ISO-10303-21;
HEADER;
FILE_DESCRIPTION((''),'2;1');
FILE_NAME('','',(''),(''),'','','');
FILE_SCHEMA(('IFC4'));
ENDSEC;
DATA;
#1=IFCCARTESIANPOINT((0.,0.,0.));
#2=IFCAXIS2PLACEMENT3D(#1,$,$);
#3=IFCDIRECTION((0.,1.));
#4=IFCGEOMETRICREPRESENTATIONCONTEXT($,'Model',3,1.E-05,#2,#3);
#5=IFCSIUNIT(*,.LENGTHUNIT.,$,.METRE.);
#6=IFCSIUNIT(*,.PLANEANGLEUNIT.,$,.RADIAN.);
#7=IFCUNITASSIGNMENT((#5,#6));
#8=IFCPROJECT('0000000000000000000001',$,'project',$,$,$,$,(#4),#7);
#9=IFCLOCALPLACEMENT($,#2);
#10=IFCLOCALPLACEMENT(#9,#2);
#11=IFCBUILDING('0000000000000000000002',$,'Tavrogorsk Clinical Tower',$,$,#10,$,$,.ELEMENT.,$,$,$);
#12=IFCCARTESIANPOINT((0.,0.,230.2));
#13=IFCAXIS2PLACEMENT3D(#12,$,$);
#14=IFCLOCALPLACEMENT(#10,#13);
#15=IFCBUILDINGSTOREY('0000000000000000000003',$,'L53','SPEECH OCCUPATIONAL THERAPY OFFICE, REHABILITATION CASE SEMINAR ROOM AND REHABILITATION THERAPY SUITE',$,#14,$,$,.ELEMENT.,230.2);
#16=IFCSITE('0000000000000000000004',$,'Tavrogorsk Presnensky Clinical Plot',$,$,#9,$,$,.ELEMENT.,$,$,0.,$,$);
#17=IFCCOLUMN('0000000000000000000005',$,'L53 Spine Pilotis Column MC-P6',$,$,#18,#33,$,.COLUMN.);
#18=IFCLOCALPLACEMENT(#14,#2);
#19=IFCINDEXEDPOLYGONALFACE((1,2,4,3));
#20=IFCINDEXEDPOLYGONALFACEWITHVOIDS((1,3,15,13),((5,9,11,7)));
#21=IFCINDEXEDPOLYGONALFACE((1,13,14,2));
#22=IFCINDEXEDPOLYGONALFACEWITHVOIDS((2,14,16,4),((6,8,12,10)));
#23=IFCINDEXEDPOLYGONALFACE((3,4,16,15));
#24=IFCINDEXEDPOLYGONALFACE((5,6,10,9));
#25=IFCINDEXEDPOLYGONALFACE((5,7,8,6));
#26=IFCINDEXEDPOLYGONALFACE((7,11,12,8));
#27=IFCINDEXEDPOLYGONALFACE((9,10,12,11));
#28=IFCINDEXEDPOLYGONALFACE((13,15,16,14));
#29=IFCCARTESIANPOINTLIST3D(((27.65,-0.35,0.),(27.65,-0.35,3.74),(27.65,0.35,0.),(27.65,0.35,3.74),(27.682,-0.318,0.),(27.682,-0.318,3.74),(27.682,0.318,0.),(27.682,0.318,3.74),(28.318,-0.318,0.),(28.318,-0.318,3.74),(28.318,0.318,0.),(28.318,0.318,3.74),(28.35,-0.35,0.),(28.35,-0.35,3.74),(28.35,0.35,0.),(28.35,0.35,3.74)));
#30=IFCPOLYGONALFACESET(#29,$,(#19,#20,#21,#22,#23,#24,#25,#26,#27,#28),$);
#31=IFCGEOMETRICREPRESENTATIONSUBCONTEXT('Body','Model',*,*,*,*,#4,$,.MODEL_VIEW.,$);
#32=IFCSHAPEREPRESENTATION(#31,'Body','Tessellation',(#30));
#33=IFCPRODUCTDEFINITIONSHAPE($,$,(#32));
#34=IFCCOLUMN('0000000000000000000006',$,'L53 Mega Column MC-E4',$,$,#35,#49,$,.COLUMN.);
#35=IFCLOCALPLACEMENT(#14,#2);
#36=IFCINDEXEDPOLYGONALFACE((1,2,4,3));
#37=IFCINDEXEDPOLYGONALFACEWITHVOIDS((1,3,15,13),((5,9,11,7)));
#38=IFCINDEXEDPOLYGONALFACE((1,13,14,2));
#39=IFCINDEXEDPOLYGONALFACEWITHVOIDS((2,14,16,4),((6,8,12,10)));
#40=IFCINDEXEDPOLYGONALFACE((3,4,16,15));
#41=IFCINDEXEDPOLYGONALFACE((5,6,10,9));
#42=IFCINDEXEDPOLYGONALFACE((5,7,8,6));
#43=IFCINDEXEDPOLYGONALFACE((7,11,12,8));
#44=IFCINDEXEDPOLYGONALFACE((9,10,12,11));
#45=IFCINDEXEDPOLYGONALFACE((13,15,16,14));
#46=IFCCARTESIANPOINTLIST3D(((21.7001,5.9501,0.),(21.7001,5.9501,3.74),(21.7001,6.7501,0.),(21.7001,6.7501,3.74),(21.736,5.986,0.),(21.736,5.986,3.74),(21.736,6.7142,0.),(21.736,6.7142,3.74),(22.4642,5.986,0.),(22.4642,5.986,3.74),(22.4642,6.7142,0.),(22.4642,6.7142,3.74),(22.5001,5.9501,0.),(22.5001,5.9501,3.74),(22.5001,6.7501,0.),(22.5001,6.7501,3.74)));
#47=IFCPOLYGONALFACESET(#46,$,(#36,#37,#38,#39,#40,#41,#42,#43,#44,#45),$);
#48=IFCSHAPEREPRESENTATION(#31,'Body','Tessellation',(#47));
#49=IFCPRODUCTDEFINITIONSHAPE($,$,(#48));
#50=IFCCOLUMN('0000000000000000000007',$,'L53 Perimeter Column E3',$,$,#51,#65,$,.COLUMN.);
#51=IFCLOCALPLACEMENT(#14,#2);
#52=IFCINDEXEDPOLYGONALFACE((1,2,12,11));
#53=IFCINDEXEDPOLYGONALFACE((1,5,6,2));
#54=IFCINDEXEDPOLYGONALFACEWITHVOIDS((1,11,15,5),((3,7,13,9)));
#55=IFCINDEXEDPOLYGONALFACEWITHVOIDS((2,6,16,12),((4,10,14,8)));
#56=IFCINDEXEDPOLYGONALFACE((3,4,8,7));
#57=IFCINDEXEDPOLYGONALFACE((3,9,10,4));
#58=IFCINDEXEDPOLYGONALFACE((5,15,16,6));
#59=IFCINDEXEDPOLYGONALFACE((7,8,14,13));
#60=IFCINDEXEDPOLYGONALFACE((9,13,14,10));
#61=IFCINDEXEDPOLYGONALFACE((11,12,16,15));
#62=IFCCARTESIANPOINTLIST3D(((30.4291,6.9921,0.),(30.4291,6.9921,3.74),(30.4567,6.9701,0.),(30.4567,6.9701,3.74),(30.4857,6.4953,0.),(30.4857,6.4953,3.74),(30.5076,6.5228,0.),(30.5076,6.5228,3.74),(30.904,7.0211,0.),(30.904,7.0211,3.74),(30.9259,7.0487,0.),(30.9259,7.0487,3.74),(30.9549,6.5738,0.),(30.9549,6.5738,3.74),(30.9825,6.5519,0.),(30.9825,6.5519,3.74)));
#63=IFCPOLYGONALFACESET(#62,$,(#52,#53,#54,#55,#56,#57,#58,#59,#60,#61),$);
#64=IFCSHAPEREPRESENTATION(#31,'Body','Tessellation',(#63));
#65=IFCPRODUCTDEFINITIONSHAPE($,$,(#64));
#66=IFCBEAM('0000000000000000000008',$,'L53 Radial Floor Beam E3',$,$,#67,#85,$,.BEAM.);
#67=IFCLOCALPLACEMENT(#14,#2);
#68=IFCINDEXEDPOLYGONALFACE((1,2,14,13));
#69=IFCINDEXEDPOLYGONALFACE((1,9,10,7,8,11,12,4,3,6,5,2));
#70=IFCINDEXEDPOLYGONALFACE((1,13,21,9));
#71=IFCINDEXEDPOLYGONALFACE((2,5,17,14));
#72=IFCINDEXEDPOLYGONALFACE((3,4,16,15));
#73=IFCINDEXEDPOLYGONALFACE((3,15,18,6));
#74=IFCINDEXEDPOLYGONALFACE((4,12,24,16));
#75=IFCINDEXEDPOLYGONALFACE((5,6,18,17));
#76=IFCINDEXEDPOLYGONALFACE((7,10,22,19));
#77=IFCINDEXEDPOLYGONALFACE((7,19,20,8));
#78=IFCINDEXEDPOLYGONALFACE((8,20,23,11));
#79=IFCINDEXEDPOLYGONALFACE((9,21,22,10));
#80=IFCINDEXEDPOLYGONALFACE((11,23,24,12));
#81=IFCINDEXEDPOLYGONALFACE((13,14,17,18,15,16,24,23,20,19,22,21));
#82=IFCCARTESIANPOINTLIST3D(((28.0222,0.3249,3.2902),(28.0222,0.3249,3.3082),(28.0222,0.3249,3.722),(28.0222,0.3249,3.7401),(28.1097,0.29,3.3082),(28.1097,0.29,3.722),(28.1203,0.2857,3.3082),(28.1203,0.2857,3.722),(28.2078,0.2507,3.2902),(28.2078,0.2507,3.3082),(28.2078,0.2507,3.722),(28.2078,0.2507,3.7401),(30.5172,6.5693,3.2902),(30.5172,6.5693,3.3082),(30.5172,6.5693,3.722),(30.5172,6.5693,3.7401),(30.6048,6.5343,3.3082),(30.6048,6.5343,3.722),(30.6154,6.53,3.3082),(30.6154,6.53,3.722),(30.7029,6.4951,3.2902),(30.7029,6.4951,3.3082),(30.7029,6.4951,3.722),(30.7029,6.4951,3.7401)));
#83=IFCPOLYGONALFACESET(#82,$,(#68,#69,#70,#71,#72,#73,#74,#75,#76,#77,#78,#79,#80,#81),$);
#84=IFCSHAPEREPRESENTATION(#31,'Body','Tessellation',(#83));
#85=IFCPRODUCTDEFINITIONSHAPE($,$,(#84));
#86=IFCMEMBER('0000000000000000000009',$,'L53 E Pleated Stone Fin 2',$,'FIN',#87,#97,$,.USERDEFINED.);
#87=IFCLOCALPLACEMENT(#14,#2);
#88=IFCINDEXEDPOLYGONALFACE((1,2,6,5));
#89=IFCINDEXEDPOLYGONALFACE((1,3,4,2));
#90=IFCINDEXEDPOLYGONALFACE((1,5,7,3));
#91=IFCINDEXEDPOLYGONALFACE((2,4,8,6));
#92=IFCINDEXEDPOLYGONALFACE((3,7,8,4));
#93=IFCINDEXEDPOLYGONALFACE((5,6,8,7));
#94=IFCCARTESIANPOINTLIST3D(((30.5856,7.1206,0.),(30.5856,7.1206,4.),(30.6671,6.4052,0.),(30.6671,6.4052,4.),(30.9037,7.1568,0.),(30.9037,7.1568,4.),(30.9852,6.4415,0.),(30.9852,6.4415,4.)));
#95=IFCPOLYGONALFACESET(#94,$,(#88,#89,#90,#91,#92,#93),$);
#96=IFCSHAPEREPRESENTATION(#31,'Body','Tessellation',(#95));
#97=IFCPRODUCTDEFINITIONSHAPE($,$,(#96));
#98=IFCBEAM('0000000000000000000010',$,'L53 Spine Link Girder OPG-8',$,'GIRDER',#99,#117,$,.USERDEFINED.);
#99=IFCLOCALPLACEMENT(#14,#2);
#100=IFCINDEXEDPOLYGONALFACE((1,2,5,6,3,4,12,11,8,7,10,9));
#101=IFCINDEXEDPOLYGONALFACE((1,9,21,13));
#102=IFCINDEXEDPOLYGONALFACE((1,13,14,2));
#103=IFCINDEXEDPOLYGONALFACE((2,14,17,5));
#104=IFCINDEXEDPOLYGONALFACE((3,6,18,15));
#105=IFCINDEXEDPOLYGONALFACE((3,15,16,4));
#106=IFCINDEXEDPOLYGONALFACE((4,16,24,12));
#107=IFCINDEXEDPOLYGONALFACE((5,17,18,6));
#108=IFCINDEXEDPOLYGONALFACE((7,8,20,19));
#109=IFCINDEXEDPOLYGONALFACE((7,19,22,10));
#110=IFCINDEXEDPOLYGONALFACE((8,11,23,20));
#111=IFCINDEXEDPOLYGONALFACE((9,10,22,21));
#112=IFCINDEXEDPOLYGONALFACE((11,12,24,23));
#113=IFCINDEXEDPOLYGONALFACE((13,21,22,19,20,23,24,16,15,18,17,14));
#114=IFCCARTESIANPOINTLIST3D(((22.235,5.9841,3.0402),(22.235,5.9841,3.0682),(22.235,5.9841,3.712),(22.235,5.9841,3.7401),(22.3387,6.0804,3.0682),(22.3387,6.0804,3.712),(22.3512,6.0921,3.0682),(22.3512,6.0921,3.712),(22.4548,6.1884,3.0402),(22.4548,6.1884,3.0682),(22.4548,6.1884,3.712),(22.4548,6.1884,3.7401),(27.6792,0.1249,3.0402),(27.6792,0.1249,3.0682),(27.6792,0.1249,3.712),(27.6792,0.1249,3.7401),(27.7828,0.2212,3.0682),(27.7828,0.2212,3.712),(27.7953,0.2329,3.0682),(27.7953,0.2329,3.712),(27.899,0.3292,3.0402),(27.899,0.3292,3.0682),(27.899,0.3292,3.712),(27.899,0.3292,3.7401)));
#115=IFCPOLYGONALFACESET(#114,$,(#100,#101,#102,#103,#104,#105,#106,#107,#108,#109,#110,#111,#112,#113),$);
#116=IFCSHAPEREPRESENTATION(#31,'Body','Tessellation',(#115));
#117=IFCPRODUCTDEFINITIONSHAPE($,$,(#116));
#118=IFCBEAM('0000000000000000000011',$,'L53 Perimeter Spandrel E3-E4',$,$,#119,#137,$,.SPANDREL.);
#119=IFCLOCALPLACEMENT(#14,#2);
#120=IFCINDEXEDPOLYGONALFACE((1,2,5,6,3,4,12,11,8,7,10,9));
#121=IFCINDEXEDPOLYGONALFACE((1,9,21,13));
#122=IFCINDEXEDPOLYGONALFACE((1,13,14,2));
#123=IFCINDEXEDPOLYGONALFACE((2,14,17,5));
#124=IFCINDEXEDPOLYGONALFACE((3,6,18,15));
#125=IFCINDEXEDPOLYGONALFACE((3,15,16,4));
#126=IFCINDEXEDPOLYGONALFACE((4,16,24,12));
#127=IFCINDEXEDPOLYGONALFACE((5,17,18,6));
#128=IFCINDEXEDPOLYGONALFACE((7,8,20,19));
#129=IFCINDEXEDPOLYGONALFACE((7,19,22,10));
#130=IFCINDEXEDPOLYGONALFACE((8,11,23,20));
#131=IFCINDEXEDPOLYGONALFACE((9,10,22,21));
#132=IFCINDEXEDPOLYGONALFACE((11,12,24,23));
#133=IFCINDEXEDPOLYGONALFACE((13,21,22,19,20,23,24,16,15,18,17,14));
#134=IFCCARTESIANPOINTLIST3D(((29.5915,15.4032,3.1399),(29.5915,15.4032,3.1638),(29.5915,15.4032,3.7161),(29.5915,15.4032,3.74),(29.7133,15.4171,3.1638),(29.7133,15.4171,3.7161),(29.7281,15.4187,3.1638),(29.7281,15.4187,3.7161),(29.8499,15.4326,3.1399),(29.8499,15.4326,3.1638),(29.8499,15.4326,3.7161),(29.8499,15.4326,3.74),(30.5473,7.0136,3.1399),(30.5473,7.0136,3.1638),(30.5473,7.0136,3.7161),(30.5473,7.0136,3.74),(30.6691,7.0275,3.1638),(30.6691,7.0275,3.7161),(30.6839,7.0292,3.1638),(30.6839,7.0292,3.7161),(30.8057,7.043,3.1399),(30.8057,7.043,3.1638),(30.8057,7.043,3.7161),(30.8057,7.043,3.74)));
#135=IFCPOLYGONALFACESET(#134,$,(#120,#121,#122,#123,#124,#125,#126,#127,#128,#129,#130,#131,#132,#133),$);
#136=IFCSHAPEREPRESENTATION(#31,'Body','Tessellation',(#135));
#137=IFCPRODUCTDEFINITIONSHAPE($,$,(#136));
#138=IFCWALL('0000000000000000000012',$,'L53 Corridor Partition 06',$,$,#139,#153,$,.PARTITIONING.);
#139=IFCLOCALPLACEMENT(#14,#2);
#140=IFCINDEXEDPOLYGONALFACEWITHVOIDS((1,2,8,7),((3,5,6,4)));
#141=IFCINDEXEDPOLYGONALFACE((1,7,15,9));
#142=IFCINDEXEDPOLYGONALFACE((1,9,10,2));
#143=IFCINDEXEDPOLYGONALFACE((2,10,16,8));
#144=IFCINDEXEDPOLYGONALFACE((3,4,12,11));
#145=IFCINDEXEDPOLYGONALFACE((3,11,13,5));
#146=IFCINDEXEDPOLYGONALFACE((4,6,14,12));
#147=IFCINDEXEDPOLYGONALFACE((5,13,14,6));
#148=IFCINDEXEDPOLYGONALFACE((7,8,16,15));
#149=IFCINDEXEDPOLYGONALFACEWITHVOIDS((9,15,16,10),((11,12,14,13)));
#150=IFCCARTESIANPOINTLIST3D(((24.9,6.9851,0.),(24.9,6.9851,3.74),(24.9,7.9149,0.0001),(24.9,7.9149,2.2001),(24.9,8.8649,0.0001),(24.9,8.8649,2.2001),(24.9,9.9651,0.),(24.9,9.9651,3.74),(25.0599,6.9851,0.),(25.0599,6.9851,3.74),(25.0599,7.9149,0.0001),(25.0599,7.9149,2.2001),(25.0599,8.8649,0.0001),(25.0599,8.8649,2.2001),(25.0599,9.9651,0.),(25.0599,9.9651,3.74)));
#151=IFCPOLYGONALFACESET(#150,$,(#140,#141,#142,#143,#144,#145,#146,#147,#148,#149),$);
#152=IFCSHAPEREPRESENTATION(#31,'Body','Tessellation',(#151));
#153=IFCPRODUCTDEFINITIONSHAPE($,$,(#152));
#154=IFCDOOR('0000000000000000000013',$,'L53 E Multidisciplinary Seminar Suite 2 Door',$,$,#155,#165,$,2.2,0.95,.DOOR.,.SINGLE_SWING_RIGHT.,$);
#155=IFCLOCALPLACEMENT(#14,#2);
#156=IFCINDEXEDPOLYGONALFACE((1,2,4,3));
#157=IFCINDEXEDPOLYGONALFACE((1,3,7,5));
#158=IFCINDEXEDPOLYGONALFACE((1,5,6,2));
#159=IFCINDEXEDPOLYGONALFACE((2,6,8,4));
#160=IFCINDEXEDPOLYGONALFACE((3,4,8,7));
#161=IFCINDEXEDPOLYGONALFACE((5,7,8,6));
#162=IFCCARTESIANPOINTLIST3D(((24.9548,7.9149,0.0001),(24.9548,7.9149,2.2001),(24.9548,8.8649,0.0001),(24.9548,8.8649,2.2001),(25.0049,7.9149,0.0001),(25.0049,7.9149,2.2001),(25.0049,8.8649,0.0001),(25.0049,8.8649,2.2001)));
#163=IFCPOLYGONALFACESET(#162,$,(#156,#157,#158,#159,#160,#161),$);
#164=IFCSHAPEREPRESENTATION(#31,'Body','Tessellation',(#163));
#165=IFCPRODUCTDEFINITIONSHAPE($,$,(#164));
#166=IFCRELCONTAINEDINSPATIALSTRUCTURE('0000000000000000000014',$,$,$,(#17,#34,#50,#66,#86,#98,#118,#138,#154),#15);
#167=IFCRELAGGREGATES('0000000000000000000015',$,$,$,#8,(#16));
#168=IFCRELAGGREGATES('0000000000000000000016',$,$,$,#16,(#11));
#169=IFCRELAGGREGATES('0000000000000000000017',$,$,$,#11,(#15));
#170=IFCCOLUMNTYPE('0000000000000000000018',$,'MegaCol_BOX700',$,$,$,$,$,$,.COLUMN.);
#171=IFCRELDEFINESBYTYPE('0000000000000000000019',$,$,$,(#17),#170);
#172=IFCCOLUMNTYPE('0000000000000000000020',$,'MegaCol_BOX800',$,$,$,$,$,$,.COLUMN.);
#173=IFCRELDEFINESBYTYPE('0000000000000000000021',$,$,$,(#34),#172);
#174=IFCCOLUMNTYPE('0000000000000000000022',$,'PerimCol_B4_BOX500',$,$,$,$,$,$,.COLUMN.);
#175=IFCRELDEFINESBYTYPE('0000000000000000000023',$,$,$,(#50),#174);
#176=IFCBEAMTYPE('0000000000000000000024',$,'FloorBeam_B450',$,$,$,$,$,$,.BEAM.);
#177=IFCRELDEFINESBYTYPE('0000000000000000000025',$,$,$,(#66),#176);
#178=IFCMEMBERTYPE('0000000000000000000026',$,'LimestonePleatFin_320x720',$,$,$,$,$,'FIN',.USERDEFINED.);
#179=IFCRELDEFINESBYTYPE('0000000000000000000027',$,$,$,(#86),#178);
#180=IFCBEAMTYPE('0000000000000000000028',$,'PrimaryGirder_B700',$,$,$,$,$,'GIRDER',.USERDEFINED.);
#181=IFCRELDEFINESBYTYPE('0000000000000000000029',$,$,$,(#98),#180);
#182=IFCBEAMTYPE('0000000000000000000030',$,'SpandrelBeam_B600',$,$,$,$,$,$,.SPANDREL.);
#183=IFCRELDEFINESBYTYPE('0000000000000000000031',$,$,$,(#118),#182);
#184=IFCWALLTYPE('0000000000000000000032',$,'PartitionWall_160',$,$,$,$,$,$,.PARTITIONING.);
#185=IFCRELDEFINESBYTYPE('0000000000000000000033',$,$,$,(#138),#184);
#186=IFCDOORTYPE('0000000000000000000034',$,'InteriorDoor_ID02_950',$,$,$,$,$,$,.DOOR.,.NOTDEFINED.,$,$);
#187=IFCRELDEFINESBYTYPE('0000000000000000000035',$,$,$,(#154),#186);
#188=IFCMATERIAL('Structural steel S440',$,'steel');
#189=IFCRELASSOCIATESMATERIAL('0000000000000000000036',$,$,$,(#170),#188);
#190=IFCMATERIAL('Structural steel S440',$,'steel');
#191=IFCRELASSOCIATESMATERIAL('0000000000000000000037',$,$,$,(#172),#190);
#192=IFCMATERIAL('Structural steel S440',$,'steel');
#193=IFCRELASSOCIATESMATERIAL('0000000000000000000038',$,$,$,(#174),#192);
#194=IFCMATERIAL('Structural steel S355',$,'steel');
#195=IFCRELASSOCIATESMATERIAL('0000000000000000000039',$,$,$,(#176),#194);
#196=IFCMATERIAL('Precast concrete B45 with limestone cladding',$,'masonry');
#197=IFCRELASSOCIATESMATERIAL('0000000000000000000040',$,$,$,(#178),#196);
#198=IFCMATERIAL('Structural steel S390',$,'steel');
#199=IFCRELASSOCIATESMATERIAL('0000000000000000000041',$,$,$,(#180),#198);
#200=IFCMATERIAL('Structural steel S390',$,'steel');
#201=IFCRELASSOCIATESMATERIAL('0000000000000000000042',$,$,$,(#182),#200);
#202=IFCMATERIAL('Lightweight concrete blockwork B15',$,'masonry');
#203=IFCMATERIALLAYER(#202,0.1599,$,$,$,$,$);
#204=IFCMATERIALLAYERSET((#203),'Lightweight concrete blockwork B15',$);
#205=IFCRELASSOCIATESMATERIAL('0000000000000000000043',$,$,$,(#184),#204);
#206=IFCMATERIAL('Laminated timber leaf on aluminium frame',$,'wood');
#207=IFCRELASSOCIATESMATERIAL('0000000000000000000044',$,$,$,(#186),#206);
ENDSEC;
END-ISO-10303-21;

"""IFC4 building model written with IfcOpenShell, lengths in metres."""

from ifc_helpers import new_model, si_unit, direction, frame, frame_2d, origin, origin_2d, place, context, subcontext, project, spatial, rectangle, hollow_rectangle, i_section, extrude, material, layer, layer_set, material_profile, profile_set, type_object, element, fill, save


model = new_model("IFC4")

# Units and contexts
model_context = context("Model", 3, precision=1e-05, world=origin(), true_north=direction((0.0, 1.0)))
body_context = subcontext(model_context, "Body", "Model", "MODEL_VIEW")
ifc_project = project(units=[si_unit("LENGTHUNIT", "METRE"), si_unit("PLANEANGLEUNIT", "RADIAN")], contexts=[model_context])

# Site, building, storey
site_placement = place(None, origin())
site = spatial("IfcSite", under=ifc_project, at=site_placement, Name="Tavrogorsk Presnensky Clinical Plot", CompositionType="ELEMENT", RefElevation=0.0)
building_placement = place(site_placement, origin())
building = spatial("IfcBuilding", under=site, at=building_placement, Name="Tavrogorsk Clinical Tower", CompositionType="ELEMENT")
storey_placement = place(building_placement, frame((0.0, 0.0, 230.2)))
storey = spatial("IfcBuildingStorey", under=building, at=storey_placement, Name="L53", Description="SPEECH OCCUPATIONAL THERAPY OFFICE, REHABILITATION CASE SEMINAR ROOM AND REHABILITATION THERAPY SUITE", CompositionType="ELEMENT", Elevation=230.2)

# Columns
ifc_material_1 = material(Name="Structural steel S440", Category="steel")
ifc_material_profile_1 = material_profile(ifc_material_1, hollow_rectangle(XDim=0.7, YDim=0.7, WallThickness=0.032, at=origin_2d()), Name="BOX-700x700x32")
ifc_profile_set_1 = profile_set([ifc_material_profile_1], Name="Structural steel S440")
column_type_1 = type_object("IfcColumnType", Name="MegaCol_BOX700", PredefinedType="COLUMN", material=ifc_profile_set_1)
column_1_placement = place(storey_placement, frame((28.0, 0.0, 0.0), z_axis=(0.0, 0.0, 1.0), x_axis=(1.0, 0.0, 0.0)))
element("IfcColumn", 1, at=column_1_placement, inside=storey, type_object=column_type_1, Name="L53 Spine Pilotis Column MC-P6", PredefinedType="COLUMN", context=body_context, shape_type="SweptSolid", body=[
    extrude(hollow_rectangle(XDim=0.7, YDim=0.7, WallThickness=0.032, at=origin_2d()), origin(), (0.0, 0.0, 1.0), 3.74),
])
ifc_material_2 = material(Name="Structural steel S440", Category="steel")
ifc_material_profile_2 = material_profile(ifc_material_2, hollow_rectangle(XDim=0.8, YDim=0.8, WallThickness=0.0359, at=origin_2d()), Name="BOX-800x800x36")
ifc_profile_set_2 = profile_set([ifc_material_profile_2], Name="Structural steel S440")
column_type_2 = type_object("IfcColumnType", Name="MegaCol_BOX800", PredefinedType="COLUMN", material=ifc_profile_set_2)
column_2_placement = place(storey_placement, frame((22.1001, 6.3501, 0.0), z_axis=(0.0, 0.0, 1.0), x_axis=(1.0, 0.0, 0.0)))
element("IfcColumn", 2, at=column_2_placement, inside=storey, type_object=column_type_2, Name="L53 Mega Column MC-E4", PredefinedType="COLUMN", context=body_context, shape_type="SweptSolid", body=[
    extrude(hollow_rectangle(XDim=0.8, YDim=0.8, WallThickness=0.0359, at=origin_2d()), origin(), (0.0, 0.0, 1.0), 3.74),
])
ifc_material_3 = material(Name="Structural steel S440", Category="steel")
ifc_material_profile_3 = material_profile(ifc_material_3, hollow_rectangle(XDim=0.5, YDim=0.5, WallThickness=0.0249, at=origin_2d()), Name="BOX-500x500x25")
ifc_profile_set_3 = profile_set([ifc_material_profile_3], Name="Structural steel S440")
column_type_3 = type_object("IfcColumnType", Name="PerimCol_B4_BOX500", PredefinedType="COLUMN", material=ifc_profile_set_3)
column_3_placement = place(storey_placement, frame((30.7058, 6.772, 0.0), z_axis=(0.0, 0.0, 1.0), x_axis=(0.993572, 0.113203, 0.0)))
element("IfcColumn", 3, at=column_3_placement, inside=storey, type_object=column_type_3, Name="L53 Perimeter Column E3", PredefinedType="COLUMN", context=body_context, shape_type="SweptSolid", body=[
    extrude(hollow_rectangle(XDim=0.5, YDim=0.5, WallThickness=0.0249, at=origin_2d()), origin(), (0.0, 0.0, 1.0), 3.74),
])

# Beam
ifc_material_4 = material(Name="Structural steel S355", Category="steel")
ifc_material_profile_4 = material_profile(ifc_material_4, i_section(OverallWidth=0.2, OverallDepth=0.45, WebThickness=0.0115, FlangeThickness=0.0181, at=origin_2d()), Name="B-450x200x11.5x18")
ifc_profile_set_4 = profile_set([ifc_material_profile_4], Name="Structural steel S355")
beam_type_1 = type_object("IfcBeamType", Name="FloorBeam_B450", PredefinedType="BEAM", material=ifc_profile_set_4)
beam_1_placement = place(storey_placement, frame((28.115, 0.2878, 3.5151), z_axis=(0.371053, 0.928612, 0.0), x_axis=(-0.928612, 0.371053, 0.0)))
element("IfcBeam", 4, at=beam_1_placement, inside=storey, type_object=beam_type_1, Name="L53 Radial Floor Beam E3", PredefinedType="BEAM", context=body_context, shape_type="SweptSolid", body=[
    extrude(i_section(OverallWidth=0.2, OverallDepth=0.45, WebThickness=0.0115, FlangeThickness=0.0181, at=origin_2d()), origin(), (0.0, 0.0, 1.0), 6.7244),
])

# Member
ifc_material_5 = material(Name="Precast concrete B45 with limestone cladding", Category="masonry")
ifc_material_profile_5 = material_profile(ifc_material_5, rectangle(XDim=0.3201, YDim=0.72, at=origin_2d()), Name="LIMESTONE-FIN-320x720")
ifc_profile_set_5 = profile_set([ifc_material_profile_5], Name="Precast concrete B45 with limestone cladding")
member_type = type_object("IfcMemberType", Name="LimestonePleatFin_320x720", ElementType="FIN", PredefinedType="USERDEFINED", material=ifc_profile_set_5)
member_placement = place(storey_placement, frame((30.7854, 6.781, 0.0), z_axis=(0.0, 0.0, 1.0), x_axis=(0.993572, 0.113203, 0.0)))
element("IfcMember", 5, at=member_placement, inside=storey, type_object=member_type, Name="L53 E Pleated Stone Fin 2", ObjectType="FIN", PredefinedType="USERDEFINED", context=body_context, shape_type="SweptSolid", body=[
    extrude(rectangle(XDim=0.3201, YDim=0.72, at=origin_2d()), origin(), (0.0, 0.0, 1.0), 4.0),
])

# Beams
ifc_material_6 = material(Name="Structural steel S390", Category="steel")
ifc_material_profile_6 = material_profile(ifc_material_6, i_section(OverallWidth=0.3, OverallDepth=0.7, WebThickness=0.0171, FlangeThickness=0.0281, at=origin_2d()), Name="B-700x300x17x28")
ifc_profile_set_6 = profile_set([ifc_material_profile_6], Name="Structural steel S390")
beam_type_2 = type_object("IfcBeamType", Name="PrimaryGirder_B700", ElementType="GIRDER", PredefinedType="USERDEFINED", material=ifc_profile_set_6)
beam_2_placement = place(storey_placement, frame((27.7891, 0.2271, 3.3901), z_axis=(-0.680684, 0.732577, 0.0), x_axis=(-0.732577, -0.680684, 0.0)))
element("IfcBeam", 6, at=beam_2_placement, inside=storey, type_object=beam_type_2, Name="L53 Spine Link Girder OPG-8", ObjectType="GIRDER", PredefinedType="USERDEFINED", context=body_context, shape_type="SweptSolid", body=[
    extrude(i_section(OverallWidth=0.3, OverallDepth=0.7, WebThickness=0.0171, FlangeThickness=0.0281, at=origin_2d()), origin(), (0.0, 0.0, 1.0), 7.998),
])
ifc_material_7 = material(Name="Structural steel S390", Category="steel")
ifc_material_profile_7 = material_profile(ifc_material_7, i_section(OverallWidth=0.26, OverallDepth=0.6001, WebThickness=0.0149, FlangeThickness=0.0239, at=origin_2d()), Name="B-600x260x15x24")
ifc_profile_set_7 = profile_set([ifc_material_profile_7], Name="Structural steel S390")
beam_type_3 = type_object("IfcBeamType", Name="SpandrelBeam_B600", PredefinedType="SPANDREL", material=ifc_profile_set_7)
beam_3_placement = place(storey_placement, frame((30.6765, 7.0283, 3.4399), z_axis=(-0.113195, 0.993573, 0.0), x_axis=(-0.993573, -0.113195, 0.0)))
element("IfcBeam", 7, at=beam_3_placement, inside=storey, type_object=beam_type_3, Name="L53 Perimeter Spandrel E3-E4", PredefinedType="SPANDREL", context=body_context, shape_type="SweptSolid", body=[
    extrude(i_section(OverallWidth=0.26, OverallDepth=0.6001, WebThickness=0.0149, FlangeThickness=0.0239, at=origin_2d()), origin(), (0.0, 0.0, 1.0), 8.4438),
])

# Wall, opening, door
ifc_material_8 = material(Name="Lightweight concrete blockwork B15", Category="masonry")
ifc_layer_1 = layer(ifc_material_8, 0.1599)
ifc_layer_set_1 = layer_set([ifc_layer_1], Name="Lightweight concrete blockwork B15")
wall_type_1 = type_object("IfcWallType", Name="PartitionWall_160", PredefinedType="PARTITIONING", material=ifc_layer_set_1)
wall_1_placement = place(storey_placement, frame((24.98, 9.9651, 0.0), z_axis=(0.0, 0.0, 1.0), x_axis=(0.0, -1.0, 0.0)))
wall_1 = element("IfcWall", 8, at=wall_1_placement, inside=storey, type_object=wall_type_1, Name="L53 Corridor Partition 06", PredefinedType="PARTITIONING", context=body_context, shape_type="SweptSolid", body=[
    extrude(rectangle(XDim=2.98, YDim=0.1599, at=frame_2d((1.49, 0.0))), origin(), (0.0, 0.0, 1.0), 3.74),
])
opening_1_placement = place(wall_1_placement, frame((1.1001, 0.0, 0.0)))
opening_1 = element("IfcOpeningElement", 9, at=opening_1_placement, cuts=wall_1, PredefinedType="OPENING", context=body_context, shape_type="SweptSolid", body=[
    extrude(rectangle(XDim=0.95, YDim=2.2, at=frame_2d((0.4751, 1.1001))), frame((0.0, 0.0898, 0.0), z_axis=(0.0, -1.0, 0.0), x_axis=(1.0, 0.0, 0.0)), (0.0, 0.0, 1.0), 0.1799),
])
ifc_material_9 = material(Name="Laminated timber leaf on aluminium frame", Category="wood")
door_type_1 = type_object("IfcDoorType", Name="InteriorDoor_ID02_950", OperationType="NOTDEFINED", PredefinedType="DOOR", material=ifc_material_9)
door_1_placement = place(opening_1_placement, origin())
door_1 = element("IfcDoor", 10, at=door_1_placement, inside=storey, type_object=door_type_1, Name="L53 E Multidisciplinary Seminar Suite 2 Door", OperationType="SINGLE_SWING_RIGHT", OverallHeight=2.2, OverallWidth=0.95, PredefinedType="DOOR", context=body_context, shape_type="SweptSolid", body=[
    extrude(rectangle(XDim=0.95, YDim=2.2, at=frame_2d((0.4751, 1.1001))), frame((0.0, 0.0249, 0.0), z_axis=(0.0, -1.0, 0.0), x_axis=(1.0, 0.0, 0.0)), (0.0, 0.0, 1.0), 0.05),
])
fill(opening_1, door_1)

save(model, "model.ifc")
